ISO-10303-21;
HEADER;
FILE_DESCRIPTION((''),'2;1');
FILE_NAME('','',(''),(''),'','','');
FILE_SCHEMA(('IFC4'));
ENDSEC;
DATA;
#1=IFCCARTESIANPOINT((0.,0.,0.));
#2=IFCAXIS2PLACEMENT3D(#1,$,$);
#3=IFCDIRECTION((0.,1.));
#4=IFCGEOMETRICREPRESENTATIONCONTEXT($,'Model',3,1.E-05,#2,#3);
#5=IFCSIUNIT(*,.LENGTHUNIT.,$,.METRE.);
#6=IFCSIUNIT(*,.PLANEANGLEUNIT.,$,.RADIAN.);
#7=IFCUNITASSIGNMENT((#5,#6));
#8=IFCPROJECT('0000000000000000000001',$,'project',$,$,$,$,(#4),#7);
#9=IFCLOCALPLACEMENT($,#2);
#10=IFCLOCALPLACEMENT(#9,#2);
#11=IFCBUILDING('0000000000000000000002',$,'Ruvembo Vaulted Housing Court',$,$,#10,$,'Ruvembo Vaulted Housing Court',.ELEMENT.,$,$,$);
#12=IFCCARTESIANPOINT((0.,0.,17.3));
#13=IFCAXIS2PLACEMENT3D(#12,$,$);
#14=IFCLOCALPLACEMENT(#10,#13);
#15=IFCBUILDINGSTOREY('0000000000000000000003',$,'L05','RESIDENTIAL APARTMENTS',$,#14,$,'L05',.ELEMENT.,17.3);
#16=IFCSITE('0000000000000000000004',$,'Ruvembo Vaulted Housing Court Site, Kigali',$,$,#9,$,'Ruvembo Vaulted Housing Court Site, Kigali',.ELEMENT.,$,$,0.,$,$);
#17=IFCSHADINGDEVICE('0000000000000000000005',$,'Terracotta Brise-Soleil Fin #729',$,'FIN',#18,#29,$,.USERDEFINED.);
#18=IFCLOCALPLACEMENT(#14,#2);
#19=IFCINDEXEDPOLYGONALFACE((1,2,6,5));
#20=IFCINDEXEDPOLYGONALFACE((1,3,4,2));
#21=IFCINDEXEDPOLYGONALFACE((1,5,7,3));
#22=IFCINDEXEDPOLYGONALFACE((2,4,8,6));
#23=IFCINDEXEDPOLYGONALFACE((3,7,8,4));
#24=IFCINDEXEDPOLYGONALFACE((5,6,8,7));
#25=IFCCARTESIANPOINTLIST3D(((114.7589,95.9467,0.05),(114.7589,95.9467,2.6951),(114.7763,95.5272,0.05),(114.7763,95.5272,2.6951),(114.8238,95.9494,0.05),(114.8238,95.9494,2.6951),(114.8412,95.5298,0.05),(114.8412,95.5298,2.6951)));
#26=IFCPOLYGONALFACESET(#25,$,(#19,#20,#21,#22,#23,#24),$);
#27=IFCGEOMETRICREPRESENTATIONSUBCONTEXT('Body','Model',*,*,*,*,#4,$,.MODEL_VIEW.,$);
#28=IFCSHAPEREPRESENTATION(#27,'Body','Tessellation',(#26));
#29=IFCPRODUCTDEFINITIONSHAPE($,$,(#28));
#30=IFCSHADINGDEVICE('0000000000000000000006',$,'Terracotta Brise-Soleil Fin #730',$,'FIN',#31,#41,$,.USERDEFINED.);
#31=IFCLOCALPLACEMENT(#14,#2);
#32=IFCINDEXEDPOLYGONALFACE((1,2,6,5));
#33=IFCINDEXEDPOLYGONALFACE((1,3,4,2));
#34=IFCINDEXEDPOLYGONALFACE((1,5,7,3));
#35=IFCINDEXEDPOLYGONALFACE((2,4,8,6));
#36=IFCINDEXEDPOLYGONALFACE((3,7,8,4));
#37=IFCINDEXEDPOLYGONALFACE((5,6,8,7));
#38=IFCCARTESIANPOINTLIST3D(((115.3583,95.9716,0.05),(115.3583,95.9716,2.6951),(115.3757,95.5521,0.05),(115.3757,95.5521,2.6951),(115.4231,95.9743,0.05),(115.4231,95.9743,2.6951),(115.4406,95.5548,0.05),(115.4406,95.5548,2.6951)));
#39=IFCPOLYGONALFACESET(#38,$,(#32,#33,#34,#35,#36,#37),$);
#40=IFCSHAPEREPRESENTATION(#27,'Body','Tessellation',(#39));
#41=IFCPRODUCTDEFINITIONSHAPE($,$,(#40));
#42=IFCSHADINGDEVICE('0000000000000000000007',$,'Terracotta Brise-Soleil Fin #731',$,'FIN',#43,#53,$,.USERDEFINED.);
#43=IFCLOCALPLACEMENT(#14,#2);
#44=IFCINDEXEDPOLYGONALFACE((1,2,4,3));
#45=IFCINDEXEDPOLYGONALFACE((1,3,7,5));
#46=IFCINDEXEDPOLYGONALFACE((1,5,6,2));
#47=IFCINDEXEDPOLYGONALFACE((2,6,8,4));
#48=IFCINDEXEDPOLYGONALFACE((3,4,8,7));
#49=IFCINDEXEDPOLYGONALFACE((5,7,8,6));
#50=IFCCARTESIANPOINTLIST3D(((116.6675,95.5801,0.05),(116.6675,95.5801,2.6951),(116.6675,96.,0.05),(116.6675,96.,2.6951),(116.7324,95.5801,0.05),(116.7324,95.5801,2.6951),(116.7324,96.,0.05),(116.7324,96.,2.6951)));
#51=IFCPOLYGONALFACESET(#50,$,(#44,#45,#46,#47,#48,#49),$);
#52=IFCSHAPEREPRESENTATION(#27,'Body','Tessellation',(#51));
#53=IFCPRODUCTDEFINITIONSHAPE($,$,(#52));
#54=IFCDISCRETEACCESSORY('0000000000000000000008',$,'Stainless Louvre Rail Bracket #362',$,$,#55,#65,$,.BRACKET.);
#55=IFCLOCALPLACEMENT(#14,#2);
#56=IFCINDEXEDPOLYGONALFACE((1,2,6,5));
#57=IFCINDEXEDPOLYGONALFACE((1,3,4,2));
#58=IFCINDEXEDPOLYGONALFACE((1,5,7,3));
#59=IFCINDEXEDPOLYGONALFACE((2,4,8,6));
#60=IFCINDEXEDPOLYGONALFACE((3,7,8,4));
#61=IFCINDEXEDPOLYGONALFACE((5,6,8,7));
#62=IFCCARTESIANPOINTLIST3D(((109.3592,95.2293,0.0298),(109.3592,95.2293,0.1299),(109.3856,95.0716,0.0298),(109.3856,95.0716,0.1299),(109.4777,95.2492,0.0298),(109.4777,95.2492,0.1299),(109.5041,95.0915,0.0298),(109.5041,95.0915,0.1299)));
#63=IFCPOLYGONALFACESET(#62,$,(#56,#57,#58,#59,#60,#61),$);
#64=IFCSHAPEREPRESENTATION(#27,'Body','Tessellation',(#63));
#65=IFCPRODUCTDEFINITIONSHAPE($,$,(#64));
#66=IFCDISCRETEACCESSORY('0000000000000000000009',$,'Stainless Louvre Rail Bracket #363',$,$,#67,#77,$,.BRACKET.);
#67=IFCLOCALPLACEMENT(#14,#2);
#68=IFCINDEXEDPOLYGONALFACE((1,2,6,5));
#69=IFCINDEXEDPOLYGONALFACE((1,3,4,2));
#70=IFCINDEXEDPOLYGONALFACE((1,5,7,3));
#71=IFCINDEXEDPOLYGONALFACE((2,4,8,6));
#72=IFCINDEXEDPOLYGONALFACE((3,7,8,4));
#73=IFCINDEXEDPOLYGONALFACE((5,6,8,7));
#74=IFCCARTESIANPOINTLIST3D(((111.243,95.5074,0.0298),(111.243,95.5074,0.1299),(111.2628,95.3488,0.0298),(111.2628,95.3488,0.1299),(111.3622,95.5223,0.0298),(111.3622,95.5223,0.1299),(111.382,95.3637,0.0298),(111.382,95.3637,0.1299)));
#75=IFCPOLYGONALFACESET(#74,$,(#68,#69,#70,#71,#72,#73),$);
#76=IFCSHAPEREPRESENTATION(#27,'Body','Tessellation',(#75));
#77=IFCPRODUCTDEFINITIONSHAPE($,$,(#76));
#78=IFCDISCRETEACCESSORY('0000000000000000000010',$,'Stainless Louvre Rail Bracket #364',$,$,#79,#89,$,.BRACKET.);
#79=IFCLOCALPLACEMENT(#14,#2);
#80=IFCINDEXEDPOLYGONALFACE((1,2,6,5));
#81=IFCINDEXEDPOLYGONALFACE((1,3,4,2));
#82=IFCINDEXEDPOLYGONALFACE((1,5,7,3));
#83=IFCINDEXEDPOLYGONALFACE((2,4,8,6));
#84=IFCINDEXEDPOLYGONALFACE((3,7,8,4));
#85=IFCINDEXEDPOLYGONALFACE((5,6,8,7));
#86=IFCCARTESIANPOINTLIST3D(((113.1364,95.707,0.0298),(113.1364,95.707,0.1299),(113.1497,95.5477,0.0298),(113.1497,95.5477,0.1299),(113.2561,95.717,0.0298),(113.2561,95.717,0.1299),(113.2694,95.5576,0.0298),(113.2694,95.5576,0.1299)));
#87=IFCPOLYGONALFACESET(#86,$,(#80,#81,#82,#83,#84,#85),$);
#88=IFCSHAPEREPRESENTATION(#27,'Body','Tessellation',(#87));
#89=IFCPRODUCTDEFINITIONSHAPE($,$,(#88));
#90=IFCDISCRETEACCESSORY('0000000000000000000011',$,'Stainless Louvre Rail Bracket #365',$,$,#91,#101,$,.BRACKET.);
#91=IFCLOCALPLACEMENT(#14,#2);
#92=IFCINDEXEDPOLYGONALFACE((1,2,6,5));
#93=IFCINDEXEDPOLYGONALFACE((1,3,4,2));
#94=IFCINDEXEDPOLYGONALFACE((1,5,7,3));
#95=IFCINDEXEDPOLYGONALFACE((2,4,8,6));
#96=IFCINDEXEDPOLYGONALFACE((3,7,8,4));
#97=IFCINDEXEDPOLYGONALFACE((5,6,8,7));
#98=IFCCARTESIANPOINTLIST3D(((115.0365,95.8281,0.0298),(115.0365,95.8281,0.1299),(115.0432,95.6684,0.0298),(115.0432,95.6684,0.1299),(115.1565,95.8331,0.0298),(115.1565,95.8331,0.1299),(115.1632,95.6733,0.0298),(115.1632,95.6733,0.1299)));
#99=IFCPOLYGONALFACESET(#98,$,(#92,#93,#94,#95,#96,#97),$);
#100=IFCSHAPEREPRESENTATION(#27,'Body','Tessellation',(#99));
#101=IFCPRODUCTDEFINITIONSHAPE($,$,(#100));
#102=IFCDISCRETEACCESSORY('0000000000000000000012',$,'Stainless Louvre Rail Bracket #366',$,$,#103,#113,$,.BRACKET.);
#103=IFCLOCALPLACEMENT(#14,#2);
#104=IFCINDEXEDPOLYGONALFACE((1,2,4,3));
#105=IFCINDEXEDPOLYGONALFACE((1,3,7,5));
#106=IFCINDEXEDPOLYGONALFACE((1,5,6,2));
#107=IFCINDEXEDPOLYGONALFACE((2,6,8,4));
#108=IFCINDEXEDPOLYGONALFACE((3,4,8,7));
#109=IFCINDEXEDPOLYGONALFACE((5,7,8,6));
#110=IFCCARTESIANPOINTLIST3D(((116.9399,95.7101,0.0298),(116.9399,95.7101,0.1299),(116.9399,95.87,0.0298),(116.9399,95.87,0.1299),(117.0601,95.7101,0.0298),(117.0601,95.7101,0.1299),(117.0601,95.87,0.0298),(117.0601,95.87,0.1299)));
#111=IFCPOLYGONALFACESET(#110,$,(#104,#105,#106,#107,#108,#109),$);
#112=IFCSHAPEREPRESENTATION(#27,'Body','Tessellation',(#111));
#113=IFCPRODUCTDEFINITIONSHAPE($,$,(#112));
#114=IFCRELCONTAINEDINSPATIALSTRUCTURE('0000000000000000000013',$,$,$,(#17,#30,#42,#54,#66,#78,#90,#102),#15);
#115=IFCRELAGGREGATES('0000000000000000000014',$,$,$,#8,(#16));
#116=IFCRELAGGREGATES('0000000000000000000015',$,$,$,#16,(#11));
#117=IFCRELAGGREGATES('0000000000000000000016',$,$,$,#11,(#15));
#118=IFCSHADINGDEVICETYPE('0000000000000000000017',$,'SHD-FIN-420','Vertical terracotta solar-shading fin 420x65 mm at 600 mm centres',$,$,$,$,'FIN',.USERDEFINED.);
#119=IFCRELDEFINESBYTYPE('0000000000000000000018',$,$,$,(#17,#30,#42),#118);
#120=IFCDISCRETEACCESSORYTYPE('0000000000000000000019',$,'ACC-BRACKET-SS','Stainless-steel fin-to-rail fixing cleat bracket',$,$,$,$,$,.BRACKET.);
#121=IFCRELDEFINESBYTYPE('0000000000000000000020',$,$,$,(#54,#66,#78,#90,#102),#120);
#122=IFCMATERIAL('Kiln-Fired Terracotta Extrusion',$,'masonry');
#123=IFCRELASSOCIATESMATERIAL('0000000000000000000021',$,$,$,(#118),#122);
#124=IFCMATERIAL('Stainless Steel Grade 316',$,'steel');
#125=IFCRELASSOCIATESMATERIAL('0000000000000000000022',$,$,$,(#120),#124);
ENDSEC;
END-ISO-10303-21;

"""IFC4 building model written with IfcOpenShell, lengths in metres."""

from ifc_helpers import new_model, si_unit, direction, frame, origin, origin_2d, place, context, subcontext, project, spatial, rectangle, extrude, material, type_object, element, save


model = new_model("IFC4")

# Units and contexts
model_context = context("Model", 3, precision=1e-05, world=origin(), true_north=direction((0.0, 1.0)))
body_context = subcontext(model_context, "Body", "Model", "MODEL_VIEW")
ifc_project = project(units=[si_unit("LENGTHUNIT", "METRE"), si_unit("PLANEANGLEUNIT", "RADIAN")], contexts=[model_context])

# Site, building, storey
site_placement = place(None, origin())
site = spatial("IfcSite", under=ifc_project, at=site_placement, Name="Ruvembo Vaulted Housing Court Site, Kigali", LongName="Ruvembo Vaulted Housing Court Site, Kigali", CompositionType="ELEMENT", RefElevation=0.0)
building_placement = place(site_placement, origin())
building = spatial("IfcBuilding", under=site, at=building_placement, Name="Ruvembo Vaulted Housing Court", LongName="Ruvembo Vaulted Housing Court", CompositionType="ELEMENT")
storey_placement = place(building_placement, frame((0.0, 0.0, 17.3)))
storey = spatial("IfcBuildingStorey", under=building, at=storey_placement, Name="L05", Description="RESIDENTIAL APARTMENTS", LongName="L05", CompositionType="ELEMENT", Elevation=17.3)

# Shading devices
ifc_material_1 = material(Name="Kiln-Fired Terracotta Extrusion", Category="masonry")
shading_device_type = type_object("IfcShadingDeviceType", Name="SHD-FIN-420", Description="Vertical terracotta solar-shading fin 420x65 mm at 600 mm centres", ElementType="FIN", PredefinedType="USERDEFINED", material=ifc_material_1)
for number, where, z_axis, x_axis, name in (
    (1, (114.8, 95.7383, 0.05), (0.0, 0.0, 1.0), (0.041509, -0.999138, 0.0), "Terracotta Brise-Soleil Fin #729"),
    (2, (115.3994, 95.7632, 0.05), (0.0, 0.0, 1.0), (0.041509, -0.999138, 0.0), "Terracotta Brise-Soleil Fin #730"),
    (3, (116.7, 95.79, 0.05), (0.0, 0.0, 1.0), (0.0, -1.0, 0.0), "Terracotta Brise-Soleil Fin #731"),
):
    element("IfcShadingDevice", number, at=place(storey_placement, frame(where, z_axis=z_axis, x_axis=x_axis)), inside=storey, type_object=shading_device_type, Name=name, ObjectType="FIN", PredefinedType="USERDEFINED", context=body_context, shape_type="SweptSolid", body=[
        extrude(rectangle(XDim=0.4199, YDim=0.0649, at=origin_2d()), origin(), (0.0, 0.0, 1.0), 2.645),
    ])

# Discrete accessories
ifc_material_2 = material(Name="Stainless Steel Grade 316", Category="steel")
discrete_accessory_type = type_object("IfcDiscreteAccessoryType", Name="ACC-BRACKET-SS", Description="Stainless-steel fin-to-rail fixing cleat bracket", PredefinedType="BRACKET", material=ifc_material_2)
for number, where, z_axis, x_axis, name in (
    (4, (109.4316, 95.1604, 0.0298), (0.0, 0.0, 1.0), (0.165271, -0.986248, 0.0), "Stainless Louvre Rail Bracket #362"),
    (5, (111.3125, 95.4355, 0.0298), (0.0, 0.0, 1.0), (0.12419, -0.992258, 0.0), "Stainless Louvre Rail Bracket #363"),
    (6, (113.2029, 95.6323, 0.0298), (0.0, 0.0, 1.0), (0.082895, -0.996558, 0.0), "Stainless Louvre Rail Bracket #364"),
    (7, (115.0999, 95.7507, 0.0298), (0.0, 0.0, 1.0), (0.041509, -0.999138, 0.0), "Stainless Louvre Rail Bracket #365"),
    (8, (117.0, 95.79, 0.0298), (0.0, 0.0, 1.0), (0.0, -1.0, 0.0), "Stainless Louvre Rail Bracket #366"),
):
    element("IfcDiscreteAccessory", number, at=place(storey_placement, frame(where, z_axis=z_axis, x_axis=x_axis)), inside=storey, type_object=discrete_accessory_type, Name=name, PredefinedType="BRACKET", context=body_context, shape_type="SweptSolid", body=[
        extrude(rectangle(XDim=0.1599, YDim=0.1201, at=origin_2d()), origin(), (0.0, 0.0, 1.0), 0.1001),
    ])

save(model, "model.ifc")
